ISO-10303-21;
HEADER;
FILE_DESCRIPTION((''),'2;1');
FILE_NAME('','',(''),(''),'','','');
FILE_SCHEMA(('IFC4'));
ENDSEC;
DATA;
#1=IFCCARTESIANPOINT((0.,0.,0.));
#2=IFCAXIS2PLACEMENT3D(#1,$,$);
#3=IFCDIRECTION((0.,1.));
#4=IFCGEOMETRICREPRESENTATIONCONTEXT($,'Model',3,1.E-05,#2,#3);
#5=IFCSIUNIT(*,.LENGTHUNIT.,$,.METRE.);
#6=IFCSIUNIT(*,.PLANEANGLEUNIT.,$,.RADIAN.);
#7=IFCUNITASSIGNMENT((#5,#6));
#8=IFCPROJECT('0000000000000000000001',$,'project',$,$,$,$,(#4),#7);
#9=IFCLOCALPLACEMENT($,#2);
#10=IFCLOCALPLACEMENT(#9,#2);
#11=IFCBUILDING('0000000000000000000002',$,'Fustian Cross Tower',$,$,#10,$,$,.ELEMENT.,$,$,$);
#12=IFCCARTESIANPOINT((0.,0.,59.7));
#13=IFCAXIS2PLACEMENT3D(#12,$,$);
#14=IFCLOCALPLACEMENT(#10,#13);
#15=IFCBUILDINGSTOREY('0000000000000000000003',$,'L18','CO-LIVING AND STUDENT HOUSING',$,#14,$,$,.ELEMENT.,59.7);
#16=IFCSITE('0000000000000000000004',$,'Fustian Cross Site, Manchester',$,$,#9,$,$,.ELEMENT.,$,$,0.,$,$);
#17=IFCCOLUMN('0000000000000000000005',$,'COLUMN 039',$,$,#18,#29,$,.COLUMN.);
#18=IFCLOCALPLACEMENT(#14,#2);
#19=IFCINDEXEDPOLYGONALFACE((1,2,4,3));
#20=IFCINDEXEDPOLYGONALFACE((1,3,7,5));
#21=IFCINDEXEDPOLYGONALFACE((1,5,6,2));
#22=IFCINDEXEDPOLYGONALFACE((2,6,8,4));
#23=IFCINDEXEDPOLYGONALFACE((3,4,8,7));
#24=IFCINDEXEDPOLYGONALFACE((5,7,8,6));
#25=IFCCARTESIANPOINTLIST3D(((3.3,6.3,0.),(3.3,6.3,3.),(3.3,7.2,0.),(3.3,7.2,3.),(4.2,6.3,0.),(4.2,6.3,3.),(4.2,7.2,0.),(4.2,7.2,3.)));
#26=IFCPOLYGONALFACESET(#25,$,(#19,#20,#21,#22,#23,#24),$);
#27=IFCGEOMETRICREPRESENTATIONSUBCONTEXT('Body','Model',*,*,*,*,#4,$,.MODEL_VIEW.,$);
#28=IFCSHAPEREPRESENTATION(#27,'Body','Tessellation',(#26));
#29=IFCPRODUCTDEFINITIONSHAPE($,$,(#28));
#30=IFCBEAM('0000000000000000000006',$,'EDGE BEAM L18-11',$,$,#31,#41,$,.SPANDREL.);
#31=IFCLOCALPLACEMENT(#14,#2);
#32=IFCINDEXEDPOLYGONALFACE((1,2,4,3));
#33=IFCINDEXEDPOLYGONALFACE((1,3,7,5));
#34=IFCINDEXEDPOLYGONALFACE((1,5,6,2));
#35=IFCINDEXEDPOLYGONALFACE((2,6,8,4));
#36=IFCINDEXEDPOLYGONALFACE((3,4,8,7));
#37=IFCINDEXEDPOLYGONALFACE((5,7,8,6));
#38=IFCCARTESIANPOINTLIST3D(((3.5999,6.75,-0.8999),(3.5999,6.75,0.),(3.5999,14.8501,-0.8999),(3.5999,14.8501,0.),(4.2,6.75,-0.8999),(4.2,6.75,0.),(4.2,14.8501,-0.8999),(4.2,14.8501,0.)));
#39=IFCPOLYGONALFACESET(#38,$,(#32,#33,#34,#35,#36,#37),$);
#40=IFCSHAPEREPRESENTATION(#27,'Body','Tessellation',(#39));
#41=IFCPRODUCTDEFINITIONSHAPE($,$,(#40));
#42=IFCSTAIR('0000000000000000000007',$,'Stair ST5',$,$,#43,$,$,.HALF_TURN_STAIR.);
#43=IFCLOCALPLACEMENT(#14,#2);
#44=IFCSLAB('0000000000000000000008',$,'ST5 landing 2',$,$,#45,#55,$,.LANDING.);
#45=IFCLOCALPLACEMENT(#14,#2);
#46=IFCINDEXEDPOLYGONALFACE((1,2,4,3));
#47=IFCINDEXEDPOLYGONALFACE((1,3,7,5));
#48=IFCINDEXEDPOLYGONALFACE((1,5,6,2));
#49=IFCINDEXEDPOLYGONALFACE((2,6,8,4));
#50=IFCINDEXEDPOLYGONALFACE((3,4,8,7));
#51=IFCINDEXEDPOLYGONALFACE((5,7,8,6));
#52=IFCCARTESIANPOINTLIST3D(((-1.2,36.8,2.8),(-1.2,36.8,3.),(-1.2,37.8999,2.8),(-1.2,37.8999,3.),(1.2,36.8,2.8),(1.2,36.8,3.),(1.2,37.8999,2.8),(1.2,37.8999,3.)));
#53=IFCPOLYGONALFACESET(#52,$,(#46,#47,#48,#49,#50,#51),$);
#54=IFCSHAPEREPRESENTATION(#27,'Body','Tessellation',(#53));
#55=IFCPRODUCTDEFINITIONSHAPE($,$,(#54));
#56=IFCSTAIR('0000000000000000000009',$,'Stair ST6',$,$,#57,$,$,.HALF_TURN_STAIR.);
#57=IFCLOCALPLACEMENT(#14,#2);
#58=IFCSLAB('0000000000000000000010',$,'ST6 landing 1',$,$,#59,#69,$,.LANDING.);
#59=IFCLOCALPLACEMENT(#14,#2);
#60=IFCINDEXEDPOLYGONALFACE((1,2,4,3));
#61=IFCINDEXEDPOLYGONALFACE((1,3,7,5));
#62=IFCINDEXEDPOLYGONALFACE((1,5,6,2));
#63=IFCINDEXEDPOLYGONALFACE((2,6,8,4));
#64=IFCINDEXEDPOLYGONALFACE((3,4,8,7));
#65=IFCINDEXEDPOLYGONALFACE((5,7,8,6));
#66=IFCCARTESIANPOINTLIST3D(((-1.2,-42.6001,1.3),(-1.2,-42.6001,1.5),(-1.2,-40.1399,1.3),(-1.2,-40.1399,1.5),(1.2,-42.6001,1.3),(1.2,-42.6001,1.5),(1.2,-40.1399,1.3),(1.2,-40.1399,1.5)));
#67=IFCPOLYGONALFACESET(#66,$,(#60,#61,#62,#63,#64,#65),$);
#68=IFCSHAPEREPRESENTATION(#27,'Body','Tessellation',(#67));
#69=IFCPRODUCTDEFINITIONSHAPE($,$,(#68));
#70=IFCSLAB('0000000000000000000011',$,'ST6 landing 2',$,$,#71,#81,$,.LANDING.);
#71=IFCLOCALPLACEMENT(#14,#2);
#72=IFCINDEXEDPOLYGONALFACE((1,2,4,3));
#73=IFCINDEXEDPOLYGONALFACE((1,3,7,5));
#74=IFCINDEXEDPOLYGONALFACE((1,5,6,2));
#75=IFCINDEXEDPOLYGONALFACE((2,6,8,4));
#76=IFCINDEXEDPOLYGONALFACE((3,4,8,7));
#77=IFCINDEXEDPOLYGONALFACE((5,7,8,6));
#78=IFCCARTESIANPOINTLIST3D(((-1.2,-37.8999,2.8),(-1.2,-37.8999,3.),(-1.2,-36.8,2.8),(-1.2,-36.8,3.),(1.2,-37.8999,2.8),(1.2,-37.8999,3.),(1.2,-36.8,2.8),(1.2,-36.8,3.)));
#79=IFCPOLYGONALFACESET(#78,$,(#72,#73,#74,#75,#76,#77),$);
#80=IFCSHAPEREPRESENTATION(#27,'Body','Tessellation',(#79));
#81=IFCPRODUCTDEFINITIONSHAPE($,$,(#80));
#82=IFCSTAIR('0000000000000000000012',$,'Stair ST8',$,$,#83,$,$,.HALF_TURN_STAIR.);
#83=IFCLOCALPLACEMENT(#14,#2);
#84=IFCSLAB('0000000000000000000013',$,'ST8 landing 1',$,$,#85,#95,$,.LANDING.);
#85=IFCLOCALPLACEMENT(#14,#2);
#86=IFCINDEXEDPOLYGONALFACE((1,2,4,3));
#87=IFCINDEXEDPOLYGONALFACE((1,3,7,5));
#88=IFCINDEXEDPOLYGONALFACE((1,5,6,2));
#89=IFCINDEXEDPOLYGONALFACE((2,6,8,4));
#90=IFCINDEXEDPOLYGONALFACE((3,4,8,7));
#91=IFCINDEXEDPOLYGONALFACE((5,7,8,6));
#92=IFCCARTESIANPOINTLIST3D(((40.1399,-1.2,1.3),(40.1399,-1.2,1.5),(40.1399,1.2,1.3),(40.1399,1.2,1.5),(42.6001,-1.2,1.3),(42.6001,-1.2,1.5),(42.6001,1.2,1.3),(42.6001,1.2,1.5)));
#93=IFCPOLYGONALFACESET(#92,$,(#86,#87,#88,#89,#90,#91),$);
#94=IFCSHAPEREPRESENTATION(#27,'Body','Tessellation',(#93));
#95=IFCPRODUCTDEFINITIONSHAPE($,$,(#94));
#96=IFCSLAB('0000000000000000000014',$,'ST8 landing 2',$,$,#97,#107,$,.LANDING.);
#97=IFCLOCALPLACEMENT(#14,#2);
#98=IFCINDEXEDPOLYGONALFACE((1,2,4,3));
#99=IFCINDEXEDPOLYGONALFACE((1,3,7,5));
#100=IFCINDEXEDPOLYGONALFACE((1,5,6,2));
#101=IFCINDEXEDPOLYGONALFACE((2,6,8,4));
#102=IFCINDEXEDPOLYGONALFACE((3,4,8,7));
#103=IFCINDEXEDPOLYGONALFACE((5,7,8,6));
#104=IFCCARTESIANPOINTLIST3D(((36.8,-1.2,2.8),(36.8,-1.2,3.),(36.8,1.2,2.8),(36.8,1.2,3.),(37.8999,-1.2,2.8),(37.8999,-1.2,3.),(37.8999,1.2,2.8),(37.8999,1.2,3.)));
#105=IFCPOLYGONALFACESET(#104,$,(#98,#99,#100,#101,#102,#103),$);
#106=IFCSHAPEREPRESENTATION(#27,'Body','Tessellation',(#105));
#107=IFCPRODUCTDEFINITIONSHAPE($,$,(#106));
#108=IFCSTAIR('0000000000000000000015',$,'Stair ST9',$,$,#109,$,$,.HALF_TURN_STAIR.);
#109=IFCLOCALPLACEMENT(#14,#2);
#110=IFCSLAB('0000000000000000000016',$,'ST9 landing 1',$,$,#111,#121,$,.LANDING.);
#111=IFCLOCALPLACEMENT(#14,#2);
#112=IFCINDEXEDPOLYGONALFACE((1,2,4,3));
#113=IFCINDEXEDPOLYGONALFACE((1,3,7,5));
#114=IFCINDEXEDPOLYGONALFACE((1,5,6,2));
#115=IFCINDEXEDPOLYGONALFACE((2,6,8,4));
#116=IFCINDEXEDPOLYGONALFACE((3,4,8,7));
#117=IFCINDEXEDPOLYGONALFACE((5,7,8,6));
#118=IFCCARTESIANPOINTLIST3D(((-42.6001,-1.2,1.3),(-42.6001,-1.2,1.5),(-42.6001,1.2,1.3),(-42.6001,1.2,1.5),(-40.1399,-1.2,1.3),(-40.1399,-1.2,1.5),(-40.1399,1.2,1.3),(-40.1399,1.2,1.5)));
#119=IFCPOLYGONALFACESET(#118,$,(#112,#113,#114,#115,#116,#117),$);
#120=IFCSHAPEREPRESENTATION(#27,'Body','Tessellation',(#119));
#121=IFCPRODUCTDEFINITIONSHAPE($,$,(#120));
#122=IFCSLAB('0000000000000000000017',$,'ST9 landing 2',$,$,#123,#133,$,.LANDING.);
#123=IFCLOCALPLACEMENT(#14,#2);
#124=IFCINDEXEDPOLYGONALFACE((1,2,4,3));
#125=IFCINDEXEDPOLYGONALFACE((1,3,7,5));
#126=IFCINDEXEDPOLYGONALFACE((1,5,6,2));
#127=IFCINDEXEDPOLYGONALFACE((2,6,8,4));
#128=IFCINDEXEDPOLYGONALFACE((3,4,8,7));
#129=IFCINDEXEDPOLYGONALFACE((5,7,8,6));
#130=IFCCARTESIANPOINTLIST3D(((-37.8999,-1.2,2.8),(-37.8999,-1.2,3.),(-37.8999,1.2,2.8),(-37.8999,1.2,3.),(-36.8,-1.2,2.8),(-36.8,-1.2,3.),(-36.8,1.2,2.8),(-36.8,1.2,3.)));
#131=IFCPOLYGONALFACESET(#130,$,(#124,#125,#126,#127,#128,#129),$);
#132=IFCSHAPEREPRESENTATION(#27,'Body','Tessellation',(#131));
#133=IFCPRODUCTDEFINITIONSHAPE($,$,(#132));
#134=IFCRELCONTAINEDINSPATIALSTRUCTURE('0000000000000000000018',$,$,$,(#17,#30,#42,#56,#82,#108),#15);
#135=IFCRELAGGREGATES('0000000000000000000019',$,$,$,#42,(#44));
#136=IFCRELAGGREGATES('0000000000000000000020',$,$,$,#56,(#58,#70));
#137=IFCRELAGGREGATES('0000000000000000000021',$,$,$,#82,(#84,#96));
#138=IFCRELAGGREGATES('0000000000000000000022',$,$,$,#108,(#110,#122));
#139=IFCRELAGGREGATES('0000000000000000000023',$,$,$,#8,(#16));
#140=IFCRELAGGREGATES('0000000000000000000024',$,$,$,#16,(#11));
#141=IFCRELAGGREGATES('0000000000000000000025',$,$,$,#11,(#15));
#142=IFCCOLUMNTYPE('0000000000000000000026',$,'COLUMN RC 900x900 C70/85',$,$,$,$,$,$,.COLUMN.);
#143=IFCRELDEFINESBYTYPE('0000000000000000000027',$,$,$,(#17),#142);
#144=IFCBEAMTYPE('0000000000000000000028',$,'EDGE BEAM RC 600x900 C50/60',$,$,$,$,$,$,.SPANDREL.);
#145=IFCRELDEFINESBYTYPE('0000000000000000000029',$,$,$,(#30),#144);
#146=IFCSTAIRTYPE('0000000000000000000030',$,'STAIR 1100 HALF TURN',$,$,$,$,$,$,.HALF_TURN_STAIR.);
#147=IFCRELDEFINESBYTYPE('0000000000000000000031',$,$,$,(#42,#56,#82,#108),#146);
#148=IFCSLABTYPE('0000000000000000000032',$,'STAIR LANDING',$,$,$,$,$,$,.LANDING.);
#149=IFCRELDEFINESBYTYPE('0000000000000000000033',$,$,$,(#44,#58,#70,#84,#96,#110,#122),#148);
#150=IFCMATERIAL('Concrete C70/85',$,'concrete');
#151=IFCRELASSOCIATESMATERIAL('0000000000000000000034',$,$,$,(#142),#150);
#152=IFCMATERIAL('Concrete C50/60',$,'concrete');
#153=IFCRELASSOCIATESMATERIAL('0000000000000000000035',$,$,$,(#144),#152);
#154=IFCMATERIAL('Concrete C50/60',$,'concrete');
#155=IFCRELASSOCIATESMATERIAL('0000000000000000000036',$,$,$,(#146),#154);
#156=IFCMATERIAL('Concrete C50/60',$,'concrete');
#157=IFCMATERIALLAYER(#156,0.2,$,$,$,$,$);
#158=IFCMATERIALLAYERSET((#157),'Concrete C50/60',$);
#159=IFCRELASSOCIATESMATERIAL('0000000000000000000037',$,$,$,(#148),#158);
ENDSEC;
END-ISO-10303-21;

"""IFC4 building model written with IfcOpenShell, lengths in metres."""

from ifc_helpers import new_model, si_unit, direction, frame, origin, origin_2d, place, context, subcontext, project, spatial, polyline, rectangle, outline, extrude, material, layer, layer_set, material_profile, profile_set, type_object, element, aggregate, save


model = new_model("IFC4")

# Units and contexts
model_context = context("Model", 3, precision=1e-05, world=origin(), true_north=direction((0.0, 1.0)))
body_context = subcontext(model_context, "Body", "Model", "MODEL_VIEW")
ifc_project = project(units=[si_unit("LENGTHUNIT", "METRE"), si_unit("PLANEANGLEUNIT", "RADIAN")], contexts=[model_context])

# Site, building, storey
site_placement = place(None, origin())
site = spatial("IfcSite", under=ifc_project, at=site_placement, Name="Fustian Cross Site, Manchester", CompositionType="ELEMENT", RefElevation=0.0)
building_placement = place(site_placement, origin())
building = spatial("IfcBuilding", under=site, at=building_placement, Name="Fustian Cross Tower", CompositionType="ELEMENT")
storey_placement = place(building_placement, frame((0.0, 0.0, 59.7)))
storey = spatial("IfcBuildingStorey", under=building, at=storey_placement, Name="L18", Description="CO-LIVING AND STUDENT HOUSING", CompositionType="ELEMENT", Elevation=59.7)

# Column
ifc_material_1 = material(Name="Concrete C70/85", Category="concrete")
ifc_material_profile_1 = material_profile(ifc_material_1, rectangle(XDim=0.8999, YDim=0.8999, at=origin_2d()), Name="RC 900x900")
ifc_profile_set_1 = profile_set([ifc_material_profile_1], Name="Concrete C70/85")
column_type = type_object("IfcColumnType", Name="COLUMN RC 900x900 C70/85", PredefinedType="COLUMN", material=ifc_profile_set_1)
column_placement = place(storey_placement, frame((3.75, 6.75, 0.0), z_axis=(0.0, 0.0, 1.0), x_axis=(1.0, 0.0, 0.0)))
element("IfcColumn", 1, at=column_placement, inside=storey, type_object=column_type, Name="COLUMN 039", PredefinedType="COLUMN", context=body_context, shape_type="SweptSolid", body=[
    extrude(rectangle(XDim=0.8999, YDim=0.8999, at=origin_2d()), origin(), (0.0, 0.0, 1.0), 3.0),
])

# Beam
ifc_material_2 = material(Name="Concrete C50/60", Category="concrete")
ifc_material_profile_2 = material_profile(ifc_material_2, rectangle(XDim=0.6001, YDim=0.8999, at=origin_2d()), Name="RC 600x900")
ifc_profile_set_2 = profile_set([ifc_material_profile_2], Name="Concrete C50/60")
beam_type = type_object("IfcBeamType", Name="EDGE BEAM RC 600x900 C50/60", PredefinedType="SPANDREL", material=ifc_profile_set_2)
beam_placement = place(storey_placement, frame((3.8999, 6.75, -0.45), z_axis=(0.0, 1.0, 0.0), x_axis=(-1.0, 0.0, 0.0)))
element("IfcBeam", 2, at=beam_placement, inside=storey, type_object=beam_type, Name="EDGE BEAM L18-11", PredefinedType="SPANDREL", context=body_context, shape_type="SweptSolid", body=[
    extrude(rectangle(XDim=0.6001, YDim=0.8999, at=origin_2d()), origin(), (0.0, 0.0, 1.0), 8.1001),
])

# Stair, slab
ifc_material_3 = material(Name="Concrete C50/60", Category="concrete")
stair_type = type_object("IfcStairType", Name="STAIR 1100 HALF TURN", PredefinedType="HALF_TURN_STAIR", material=ifc_material_3)
stair_1_placement = place(storey_placement, origin())
stair_1 = element("IfcStair", 3, at=stair_1_placement, inside=storey, type_object=stair_type, Name="Stair ST5", PredefinedType="HALF_TURN_STAIR")
ifc_material_4 = material(Name="Concrete C50/60", Category="concrete")
ifc_layer_1 = layer(ifc_material_4, 0.2)
ifc_layer_set_1 = layer_set([ifc_layer_1], Name="Concrete C50/60")
slab_type = type_object("IfcSlabType", Name="STAIR LANDING", PredefinedType="LANDING", material=ifc_layer_set_1)
slab_1_placement = place(storey_placement, frame((0.0, 0.0, 2.8)))
slab_1 = element("IfcSlab", 4, at=slab_1_placement, type_object=slab_type, Name="ST5 landing 2", PredefinedType="LANDING", context=body_context, shape_type="SweptSolid", body=[
    extrude(outline(polyline([(-1.2, 36.8), (-1.2, 37.8999), (1.2, 37.8999), (1.2, 36.8), (-1.2, 36.8)])), origin(), (0.0, 0.0, 1.0), 0.2),
])
aggregate(stair_1, [slab_1])

# Stairs, slabs
stair_2_placement = place(storey_placement, origin())
stair_2 = element("IfcStair", 5, at=stair_2_placement, inside=storey, type_object=stair_type, Name="Stair ST6", PredefinedType="HALF_TURN_STAIR")
slab_2_placement = place(storey_placement, frame((0.0, 0.0, 1.3)))
slab_2 = element("IfcSlab", 6, at=slab_2_placement, type_object=slab_type, Name="ST6 landing 1", PredefinedType="LANDING", context=body_context, shape_type="SweptSolid", body=[
    extrude(outline(polyline([(-1.2, -40.1399), (-1.2, -42.6001), (1.2, -42.6001), (1.2, -40.1399), (-1.2, -40.1399)])), origin(), (0.0, 0.0, 1.0), 0.2),
])
slab_3_placement = place(storey_placement, frame((0.0, 0.0, 2.8)))
slab_3 = element("IfcSlab", 7, at=slab_3_placement, type_object=slab_type, Name="ST6 landing 2", PredefinedType="LANDING", context=body_context, shape_type="SweptSolid", body=[
    extrude(outline(polyline([(-1.2, -36.8), (-1.2, -37.8999), (1.2, -37.8999), (1.2, -36.8), (-1.2, -36.8)])), origin(), (0.0, 0.0, 1.0), 0.2),
])
aggregate(stair_2, [slab_2, slab_3])
stair_3_placement = place(storey_placement, origin())
stair_3 = element("IfcStair", 8, at=stair_3_placement, inside=storey, type_object=stair_type, Name="Stair ST8", PredefinedType="HALF_TURN_STAIR")
slab_4_placement = place(storey_placement, frame((0.0, 0.0, 1.3)))
slab_4 = element("IfcSlab", 9, at=slab_4_placement, type_object=slab_type, Name="ST8 landing 1", PredefinedType="LANDING", context=body_context, shape_type="SweptSolid", body=[
    extrude(outline(polyline([(40.1399, -1.2), (42.6001, -1.2), (42.6001, 1.2), (40.1399, 1.2), (40.1399, -1.2)])), origin(), (0.0, 0.0, 1.0), 0.2),
])
slab_5_placement = place(storey_placement, frame((0.0, 0.0, 2.8)))
slab_5 = element("IfcSlab", 10, at=slab_5_placement, type_object=slab_type, Name="ST8 landing 2", PredefinedType="LANDING", context=body_context, shape_type="SweptSolid", body=[
    extrude(outline(polyline([(36.8, -1.2), (37.8999, -1.2), (37.8999, 1.2), (36.8, 1.2), (36.8, -1.2)])), origin(), (0.0, 0.0, 1.0), 0.2),
])
aggregate(stair_3, [slab_4, slab_5])
stair_4_placement = place(storey_placement, origin())
stair_4 = element("IfcStair", 11, at=stair_4_placement, inside=storey, type_object=stair_type, Name="Stair ST9", PredefinedType="HALF_TURN_STAIR")
slab_6_placement = place(storey_placement, frame((0.0, 0.0, 1.3)))
slab_6 = element("IfcSlab", 12, at=slab_6_placement, type_object=slab_type, Name="ST9 landing 1", PredefinedType="LANDING", context=body_context, shape_type="SweptSolid", body=[
    extrude(outline(polyline([(-40.1399, -1.2), (-42.6001, -1.2), (-42.6001, 1.2), (-40.1399, 1.2), (-40.1399, -1.2)])), origin(), (0.0, 0.0, 1.0), 0.2),
])
slab_7_placement = place(storey_placement, frame((0.0, 0.0, 2.8)))
slab_7 = element("IfcSlab", 13, at=slab_7_placement, type_object=slab_type, Name="ST9 landing 2", PredefinedType="LANDING", context=body_context, shape_type="SweptSolid", body=[
    extrude(outline(polyline([(-36.8, -1.2), (-37.8999, -1.2), (-37.8999, 1.2), (-36.8, 1.2), (-36.8, -1.2)])), origin(), (0.0, 0.0, 1.0), 0.2),
])
aggregate(stair_4, [slab_6, slab_7])

save(model, "model.ifc")
